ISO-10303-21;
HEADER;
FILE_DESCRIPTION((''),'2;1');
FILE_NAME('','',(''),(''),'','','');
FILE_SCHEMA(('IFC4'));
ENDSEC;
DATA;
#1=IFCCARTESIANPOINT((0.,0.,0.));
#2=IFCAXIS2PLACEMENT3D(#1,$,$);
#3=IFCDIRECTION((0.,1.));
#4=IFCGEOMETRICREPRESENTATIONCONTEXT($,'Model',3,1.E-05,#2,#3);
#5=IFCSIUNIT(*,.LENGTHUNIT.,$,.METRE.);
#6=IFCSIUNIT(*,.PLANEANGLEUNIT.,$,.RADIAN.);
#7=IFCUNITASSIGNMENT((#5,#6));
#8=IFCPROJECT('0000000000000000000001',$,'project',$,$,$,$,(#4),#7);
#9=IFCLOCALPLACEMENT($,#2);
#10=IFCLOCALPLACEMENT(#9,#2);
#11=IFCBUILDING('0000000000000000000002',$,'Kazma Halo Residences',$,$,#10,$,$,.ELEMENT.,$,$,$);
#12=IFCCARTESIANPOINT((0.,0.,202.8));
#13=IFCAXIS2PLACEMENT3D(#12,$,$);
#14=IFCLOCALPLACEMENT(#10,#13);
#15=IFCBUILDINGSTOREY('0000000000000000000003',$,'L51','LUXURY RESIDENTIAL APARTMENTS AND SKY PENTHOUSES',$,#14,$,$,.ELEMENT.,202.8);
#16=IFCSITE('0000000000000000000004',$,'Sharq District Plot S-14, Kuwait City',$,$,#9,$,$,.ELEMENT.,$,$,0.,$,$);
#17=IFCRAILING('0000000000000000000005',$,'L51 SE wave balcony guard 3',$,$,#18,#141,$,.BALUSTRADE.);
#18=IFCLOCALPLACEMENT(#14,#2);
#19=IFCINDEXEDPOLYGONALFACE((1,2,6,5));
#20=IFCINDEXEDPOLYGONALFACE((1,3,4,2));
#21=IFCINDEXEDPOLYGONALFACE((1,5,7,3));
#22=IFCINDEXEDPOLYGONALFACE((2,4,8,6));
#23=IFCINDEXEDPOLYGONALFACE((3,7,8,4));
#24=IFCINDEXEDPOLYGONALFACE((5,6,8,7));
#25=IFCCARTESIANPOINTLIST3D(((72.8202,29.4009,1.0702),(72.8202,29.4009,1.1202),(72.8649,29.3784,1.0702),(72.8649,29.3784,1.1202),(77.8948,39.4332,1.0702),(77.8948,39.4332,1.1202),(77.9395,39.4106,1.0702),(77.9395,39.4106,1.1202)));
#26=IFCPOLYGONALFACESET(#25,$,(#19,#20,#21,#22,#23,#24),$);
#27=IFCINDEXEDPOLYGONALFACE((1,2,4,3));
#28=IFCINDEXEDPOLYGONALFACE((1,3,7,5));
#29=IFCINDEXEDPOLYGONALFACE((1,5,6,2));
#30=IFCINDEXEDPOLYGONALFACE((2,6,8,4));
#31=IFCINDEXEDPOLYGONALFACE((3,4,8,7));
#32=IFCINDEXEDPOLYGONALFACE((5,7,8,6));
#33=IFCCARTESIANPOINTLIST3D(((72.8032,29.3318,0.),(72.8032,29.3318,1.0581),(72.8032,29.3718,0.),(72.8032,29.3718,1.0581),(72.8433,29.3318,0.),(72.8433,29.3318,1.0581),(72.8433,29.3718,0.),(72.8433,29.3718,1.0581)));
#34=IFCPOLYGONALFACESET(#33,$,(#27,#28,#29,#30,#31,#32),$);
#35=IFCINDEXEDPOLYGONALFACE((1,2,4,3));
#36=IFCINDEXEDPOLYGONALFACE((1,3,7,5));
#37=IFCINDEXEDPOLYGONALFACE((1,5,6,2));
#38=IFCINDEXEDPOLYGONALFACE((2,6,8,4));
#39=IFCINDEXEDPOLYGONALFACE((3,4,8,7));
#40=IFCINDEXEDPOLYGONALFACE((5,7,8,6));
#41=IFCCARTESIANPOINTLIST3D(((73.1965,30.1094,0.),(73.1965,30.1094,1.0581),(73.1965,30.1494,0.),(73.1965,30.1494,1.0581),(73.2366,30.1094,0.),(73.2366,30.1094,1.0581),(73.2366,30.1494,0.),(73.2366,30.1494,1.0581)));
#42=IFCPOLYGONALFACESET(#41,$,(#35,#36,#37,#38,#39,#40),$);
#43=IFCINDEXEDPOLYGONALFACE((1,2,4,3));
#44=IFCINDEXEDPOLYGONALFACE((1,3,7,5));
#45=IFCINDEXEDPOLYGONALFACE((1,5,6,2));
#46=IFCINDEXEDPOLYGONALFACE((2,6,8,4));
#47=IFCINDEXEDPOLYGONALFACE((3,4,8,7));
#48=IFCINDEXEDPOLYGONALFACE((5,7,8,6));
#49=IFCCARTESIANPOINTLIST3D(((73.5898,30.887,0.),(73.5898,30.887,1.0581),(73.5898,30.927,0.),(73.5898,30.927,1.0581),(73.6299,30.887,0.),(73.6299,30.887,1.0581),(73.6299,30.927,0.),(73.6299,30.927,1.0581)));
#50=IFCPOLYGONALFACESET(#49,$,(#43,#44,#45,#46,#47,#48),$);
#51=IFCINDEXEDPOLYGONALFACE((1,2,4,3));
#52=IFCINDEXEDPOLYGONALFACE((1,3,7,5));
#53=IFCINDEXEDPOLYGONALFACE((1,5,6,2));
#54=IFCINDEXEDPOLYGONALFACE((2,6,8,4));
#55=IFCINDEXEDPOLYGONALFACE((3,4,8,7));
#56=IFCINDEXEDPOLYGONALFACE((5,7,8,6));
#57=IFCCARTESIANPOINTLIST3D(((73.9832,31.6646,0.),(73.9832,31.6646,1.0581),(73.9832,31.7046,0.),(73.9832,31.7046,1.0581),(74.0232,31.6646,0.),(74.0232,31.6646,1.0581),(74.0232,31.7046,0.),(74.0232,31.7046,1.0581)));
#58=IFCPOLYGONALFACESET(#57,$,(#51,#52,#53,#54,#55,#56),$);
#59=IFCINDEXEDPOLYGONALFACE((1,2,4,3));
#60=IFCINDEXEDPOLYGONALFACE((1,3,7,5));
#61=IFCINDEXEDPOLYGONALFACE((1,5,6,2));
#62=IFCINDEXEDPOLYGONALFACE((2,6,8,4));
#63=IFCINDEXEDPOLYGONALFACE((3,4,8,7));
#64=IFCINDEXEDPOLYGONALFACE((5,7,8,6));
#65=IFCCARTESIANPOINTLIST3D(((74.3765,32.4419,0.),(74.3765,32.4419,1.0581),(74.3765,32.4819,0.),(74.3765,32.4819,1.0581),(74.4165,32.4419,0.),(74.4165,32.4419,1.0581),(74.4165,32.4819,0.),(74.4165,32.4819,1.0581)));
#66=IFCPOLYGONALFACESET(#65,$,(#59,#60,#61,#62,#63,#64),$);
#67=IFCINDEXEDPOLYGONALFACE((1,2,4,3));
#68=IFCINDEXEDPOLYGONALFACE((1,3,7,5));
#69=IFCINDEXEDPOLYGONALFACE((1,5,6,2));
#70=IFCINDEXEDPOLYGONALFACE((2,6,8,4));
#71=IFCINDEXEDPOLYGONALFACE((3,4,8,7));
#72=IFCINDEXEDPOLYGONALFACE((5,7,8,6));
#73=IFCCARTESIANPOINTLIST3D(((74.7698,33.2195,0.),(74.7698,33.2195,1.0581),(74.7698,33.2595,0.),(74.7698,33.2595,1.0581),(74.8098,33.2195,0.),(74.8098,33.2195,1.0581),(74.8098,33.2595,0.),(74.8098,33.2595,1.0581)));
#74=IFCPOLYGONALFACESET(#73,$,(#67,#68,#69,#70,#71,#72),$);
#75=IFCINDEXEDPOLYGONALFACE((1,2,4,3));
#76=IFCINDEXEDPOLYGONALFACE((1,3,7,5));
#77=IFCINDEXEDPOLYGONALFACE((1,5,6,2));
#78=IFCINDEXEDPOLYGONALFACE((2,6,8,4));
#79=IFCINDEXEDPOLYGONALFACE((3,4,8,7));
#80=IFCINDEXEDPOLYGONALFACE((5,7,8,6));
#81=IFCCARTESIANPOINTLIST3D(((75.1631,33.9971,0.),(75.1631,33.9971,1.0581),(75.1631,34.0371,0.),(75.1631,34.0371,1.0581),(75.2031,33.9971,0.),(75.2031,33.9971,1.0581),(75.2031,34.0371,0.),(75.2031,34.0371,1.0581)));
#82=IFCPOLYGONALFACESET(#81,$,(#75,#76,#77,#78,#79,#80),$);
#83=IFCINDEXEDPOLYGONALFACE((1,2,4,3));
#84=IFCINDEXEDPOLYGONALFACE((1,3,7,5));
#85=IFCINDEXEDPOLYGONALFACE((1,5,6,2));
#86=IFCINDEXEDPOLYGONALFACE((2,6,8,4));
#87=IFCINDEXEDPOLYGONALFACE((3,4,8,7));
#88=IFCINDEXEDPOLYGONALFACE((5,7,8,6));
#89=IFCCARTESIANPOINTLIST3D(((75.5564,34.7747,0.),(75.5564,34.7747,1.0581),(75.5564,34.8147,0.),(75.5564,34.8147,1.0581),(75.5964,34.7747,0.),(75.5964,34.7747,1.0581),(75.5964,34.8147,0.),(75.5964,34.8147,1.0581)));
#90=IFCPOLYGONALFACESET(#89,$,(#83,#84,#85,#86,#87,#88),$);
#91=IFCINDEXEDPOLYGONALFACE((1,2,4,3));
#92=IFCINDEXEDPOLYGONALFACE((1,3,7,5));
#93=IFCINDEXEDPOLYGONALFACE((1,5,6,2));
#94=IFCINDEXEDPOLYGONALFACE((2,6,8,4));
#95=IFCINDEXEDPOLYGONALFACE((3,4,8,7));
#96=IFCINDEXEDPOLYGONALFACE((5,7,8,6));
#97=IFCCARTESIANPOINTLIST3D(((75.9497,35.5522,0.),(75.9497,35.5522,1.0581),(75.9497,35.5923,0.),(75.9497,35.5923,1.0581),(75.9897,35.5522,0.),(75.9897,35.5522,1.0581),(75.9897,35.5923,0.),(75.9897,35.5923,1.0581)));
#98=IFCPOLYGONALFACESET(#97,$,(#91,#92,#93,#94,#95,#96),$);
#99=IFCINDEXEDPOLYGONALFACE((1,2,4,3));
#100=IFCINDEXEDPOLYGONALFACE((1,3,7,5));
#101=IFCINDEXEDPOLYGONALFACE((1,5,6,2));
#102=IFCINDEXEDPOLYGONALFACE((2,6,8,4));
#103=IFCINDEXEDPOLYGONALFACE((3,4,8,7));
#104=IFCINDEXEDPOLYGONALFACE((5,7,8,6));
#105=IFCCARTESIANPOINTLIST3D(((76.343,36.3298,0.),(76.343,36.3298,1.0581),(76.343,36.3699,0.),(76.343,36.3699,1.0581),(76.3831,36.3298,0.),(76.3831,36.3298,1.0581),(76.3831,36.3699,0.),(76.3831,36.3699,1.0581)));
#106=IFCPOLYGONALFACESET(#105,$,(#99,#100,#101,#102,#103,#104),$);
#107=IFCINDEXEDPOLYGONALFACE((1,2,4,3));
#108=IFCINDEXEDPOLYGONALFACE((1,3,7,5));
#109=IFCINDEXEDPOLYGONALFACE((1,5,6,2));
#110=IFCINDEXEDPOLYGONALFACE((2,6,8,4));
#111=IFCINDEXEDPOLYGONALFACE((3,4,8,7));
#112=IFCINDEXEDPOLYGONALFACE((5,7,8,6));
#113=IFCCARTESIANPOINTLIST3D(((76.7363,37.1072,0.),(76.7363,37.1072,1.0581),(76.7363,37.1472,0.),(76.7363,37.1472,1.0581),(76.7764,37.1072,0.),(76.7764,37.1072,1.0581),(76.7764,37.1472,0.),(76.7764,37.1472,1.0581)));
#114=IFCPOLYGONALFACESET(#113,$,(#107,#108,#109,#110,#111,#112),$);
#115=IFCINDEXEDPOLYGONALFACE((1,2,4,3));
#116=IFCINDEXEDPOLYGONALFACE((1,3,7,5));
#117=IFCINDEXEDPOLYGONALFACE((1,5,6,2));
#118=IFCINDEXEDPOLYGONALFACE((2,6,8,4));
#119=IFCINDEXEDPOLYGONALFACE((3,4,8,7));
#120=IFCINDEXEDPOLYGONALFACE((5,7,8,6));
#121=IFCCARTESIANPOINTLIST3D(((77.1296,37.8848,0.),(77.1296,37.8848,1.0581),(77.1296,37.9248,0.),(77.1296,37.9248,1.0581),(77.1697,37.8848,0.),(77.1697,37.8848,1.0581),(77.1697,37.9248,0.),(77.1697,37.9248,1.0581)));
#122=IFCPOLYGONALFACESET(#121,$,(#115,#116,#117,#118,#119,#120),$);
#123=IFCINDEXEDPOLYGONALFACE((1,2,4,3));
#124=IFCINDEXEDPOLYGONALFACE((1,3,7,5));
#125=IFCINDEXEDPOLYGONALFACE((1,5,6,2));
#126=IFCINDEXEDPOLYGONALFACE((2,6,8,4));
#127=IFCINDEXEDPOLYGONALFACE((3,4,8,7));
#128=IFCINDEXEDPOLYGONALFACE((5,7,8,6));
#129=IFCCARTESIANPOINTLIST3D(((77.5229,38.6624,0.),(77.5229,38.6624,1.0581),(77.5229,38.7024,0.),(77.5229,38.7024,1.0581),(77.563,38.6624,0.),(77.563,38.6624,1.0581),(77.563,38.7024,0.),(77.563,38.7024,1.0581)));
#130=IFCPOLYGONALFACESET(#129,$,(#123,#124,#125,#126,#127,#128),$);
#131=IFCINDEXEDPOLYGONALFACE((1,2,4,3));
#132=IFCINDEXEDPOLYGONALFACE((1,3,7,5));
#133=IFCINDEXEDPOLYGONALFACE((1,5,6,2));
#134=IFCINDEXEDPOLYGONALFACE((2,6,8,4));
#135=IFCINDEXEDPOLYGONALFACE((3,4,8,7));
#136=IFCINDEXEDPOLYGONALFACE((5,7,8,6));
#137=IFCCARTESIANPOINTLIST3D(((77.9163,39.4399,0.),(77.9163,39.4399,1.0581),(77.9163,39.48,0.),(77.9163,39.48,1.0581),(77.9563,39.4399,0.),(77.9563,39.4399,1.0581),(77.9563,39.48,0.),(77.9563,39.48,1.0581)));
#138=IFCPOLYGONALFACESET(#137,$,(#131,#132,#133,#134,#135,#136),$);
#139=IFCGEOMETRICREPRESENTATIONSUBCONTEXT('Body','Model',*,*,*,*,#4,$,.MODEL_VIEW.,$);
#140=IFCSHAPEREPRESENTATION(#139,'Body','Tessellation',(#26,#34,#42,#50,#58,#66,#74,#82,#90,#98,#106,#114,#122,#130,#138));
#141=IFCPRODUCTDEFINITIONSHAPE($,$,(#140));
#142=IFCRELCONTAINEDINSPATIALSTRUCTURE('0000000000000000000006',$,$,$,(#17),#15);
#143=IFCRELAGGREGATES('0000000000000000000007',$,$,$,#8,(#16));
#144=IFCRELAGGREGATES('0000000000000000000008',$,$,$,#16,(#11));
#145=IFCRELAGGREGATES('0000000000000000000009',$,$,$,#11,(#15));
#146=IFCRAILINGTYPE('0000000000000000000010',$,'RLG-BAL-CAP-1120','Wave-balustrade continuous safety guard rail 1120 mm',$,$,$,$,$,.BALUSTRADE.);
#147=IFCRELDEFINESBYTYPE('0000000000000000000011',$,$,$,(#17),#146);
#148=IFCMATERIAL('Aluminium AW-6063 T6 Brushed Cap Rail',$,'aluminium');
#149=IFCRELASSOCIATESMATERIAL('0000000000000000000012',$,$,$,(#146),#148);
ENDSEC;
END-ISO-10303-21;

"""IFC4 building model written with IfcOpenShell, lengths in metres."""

from ifc_helpers import new_model, si_unit, direction, frame, origin, origin_2d, place, context, subcontext, project, spatial, rectangle, extrude, material, type_object, element, save


model = new_model("IFC4")

# Units and contexts
model_context = context("Model", 3, precision=1e-05, world=origin(), true_north=direction((0.0, 1.0)))
body_context = subcontext(model_context, "Body", "Model", "MODEL_VIEW")
ifc_project = project(units=[si_unit("LENGTHUNIT", "METRE"), si_unit("PLANEANGLEUNIT", "RADIAN")], contexts=[model_context])

# Site, building, storey
site_placement = place(None, origin())
site = spatial("IfcSite", under=ifc_project, at=site_placement, Name="Sharq District Plot S-14, Kuwait City", CompositionType="ELEMENT", RefElevation=0.0)
building_placement = place(site_placement, origin())
building = spatial("IfcBuilding", under=site, at=building_placement, Name="Kazma Halo Residences", CompositionType="ELEMENT")
storey_placement = place(building_placement, frame((0.0, 0.0, 202.8)))
storey = spatial("IfcBuildingStorey", under=building, at=storey_placement, Name="L51", Description="LUXURY RESIDENTIAL APARTMENTS AND SKY PENTHOUSES", CompositionType="ELEMENT", Elevation=202.8)

# Railing
ifc_material_1 = material(Name="Aluminium AW-6063 T6 Brushed Cap Rail", Category="aluminium")
railing_type = type_object("IfcRailingType", Name="RLG-BAL-CAP-1120", Description="Wave-balustrade continuous safety guard rail 1120 mm", PredefinedType="BALUSTRADE", material=ifc_material_1)
railing_1_placement = place(storey_placement, frame((72.8232, 29.3518, 0.0)))
element("IfcRailing", 1, at=railing_1_placement, inside=storey, type_object=railing_type, Name="L51 SE wave balcony guard 3", PredefinedType="BALUSTRADE", context=body_context, shape_type="SweptSolid", body=[
    extrude(rectangle(XDim=0.05, YDim=0.05, at=origin_2d()), frame((0.0193, 0.0378, 1.0952), z_axis=(0.451373, 0.892336, 0.0), x_axis=(-0.892336, 0.451373, 0.0)), (0.0, 0.0, 1.0), 11.2427),
    extrude(rectangle(XDim=0.04, YDim=0.04, at=origin_2d()), origin(), (0.0, 0.0, 1.0), 1.0581),
    extrude(rectangle(XDim=0.04, YDim=0.04, at=origin_2d()), frame((0.3933, 0.7776, 0.0)), (0.0, 0.0, 1.0), 1.0581),
    extrude(rectangle(XDim=0.04, YDim=0.04, at=origin_2d()), frame((0.7866, 1.5552, 0.0)), (0.0, 0.0, 1.0), 1.0581),
    extrude(rectangle(XDim=0.04, YDim=0.04, at=origin_2d()), frame((1.1799, 2.3328, 0.0)), (0.0, 0.0, 1.0), 1.0581),
    extrude(rectangle(XDim=0.04, YDim=0.04, at=origin_2d()), frame((1.5732, 3.1101, 0.0)), (0.0, 0.0, 1.0), 1.0581),
    extrude(rectangle(XDim=0.04, YDim=0.04, at=origin_2d()), frame((1.9666, 3.8877, 0.0)), (0.0, 0.0, 1.0), 1.0581),
    extrude(rectangle(XDim=0.04, YDim=0.04, at=origin_2d()), frame((2.3599, 4.6653, 0.0)), (0.0, 0.0, 1.0), 1.0581),
    extrude(rectangle(XDim=0.04, YDim=0.04, at=origin_2d()), frame((2.7532, 5.4429, 0.0)), (0.0, 0.0, 1.0), 1.0581),
    extrude(rectangle(XDim=0.04, YDim=0.04, at=origin_2d()), frame((3.1465, 6.2205, 0.0)), (0.0, 0.0, 1.0), 1.0581),
    extrude(rectangle(XDim=0.04, YDim=0.04, at=origin_2d()), frame((3.5398, 6.998, 0.0)), (0.0, 0.0, 1.0), 1.0581),
    extrude(rectangle(XDim=0.04, YDim=0.04, at=origin_2d()), frame((3.9331, 7.7754, 0.0)), (0.0, 0.0, 1.0), 1.0581),
    extrude(rectangle(XDim=0.04, YDim=0.04, at=origin_2d()), frame((4.3264, 8.553, 0.0)), (0.0, 0.0, 1.0), 1.0581),
    extrude(rectangle(XDim=0.04, YDim=0.04, at=origin_2d()), frame((4.7197, 9.3306, 0.0)), (0.0, 0.0, 1.0), 1.0581),
    extrude(rectangle(XDim=0.04, YDim=0.04, at=origin_2d()), frame((5.113, 10.1082, 0.0)), (0.0, 0.0, 1.0), 1.0581),
])

save(model, "model.ifc")
